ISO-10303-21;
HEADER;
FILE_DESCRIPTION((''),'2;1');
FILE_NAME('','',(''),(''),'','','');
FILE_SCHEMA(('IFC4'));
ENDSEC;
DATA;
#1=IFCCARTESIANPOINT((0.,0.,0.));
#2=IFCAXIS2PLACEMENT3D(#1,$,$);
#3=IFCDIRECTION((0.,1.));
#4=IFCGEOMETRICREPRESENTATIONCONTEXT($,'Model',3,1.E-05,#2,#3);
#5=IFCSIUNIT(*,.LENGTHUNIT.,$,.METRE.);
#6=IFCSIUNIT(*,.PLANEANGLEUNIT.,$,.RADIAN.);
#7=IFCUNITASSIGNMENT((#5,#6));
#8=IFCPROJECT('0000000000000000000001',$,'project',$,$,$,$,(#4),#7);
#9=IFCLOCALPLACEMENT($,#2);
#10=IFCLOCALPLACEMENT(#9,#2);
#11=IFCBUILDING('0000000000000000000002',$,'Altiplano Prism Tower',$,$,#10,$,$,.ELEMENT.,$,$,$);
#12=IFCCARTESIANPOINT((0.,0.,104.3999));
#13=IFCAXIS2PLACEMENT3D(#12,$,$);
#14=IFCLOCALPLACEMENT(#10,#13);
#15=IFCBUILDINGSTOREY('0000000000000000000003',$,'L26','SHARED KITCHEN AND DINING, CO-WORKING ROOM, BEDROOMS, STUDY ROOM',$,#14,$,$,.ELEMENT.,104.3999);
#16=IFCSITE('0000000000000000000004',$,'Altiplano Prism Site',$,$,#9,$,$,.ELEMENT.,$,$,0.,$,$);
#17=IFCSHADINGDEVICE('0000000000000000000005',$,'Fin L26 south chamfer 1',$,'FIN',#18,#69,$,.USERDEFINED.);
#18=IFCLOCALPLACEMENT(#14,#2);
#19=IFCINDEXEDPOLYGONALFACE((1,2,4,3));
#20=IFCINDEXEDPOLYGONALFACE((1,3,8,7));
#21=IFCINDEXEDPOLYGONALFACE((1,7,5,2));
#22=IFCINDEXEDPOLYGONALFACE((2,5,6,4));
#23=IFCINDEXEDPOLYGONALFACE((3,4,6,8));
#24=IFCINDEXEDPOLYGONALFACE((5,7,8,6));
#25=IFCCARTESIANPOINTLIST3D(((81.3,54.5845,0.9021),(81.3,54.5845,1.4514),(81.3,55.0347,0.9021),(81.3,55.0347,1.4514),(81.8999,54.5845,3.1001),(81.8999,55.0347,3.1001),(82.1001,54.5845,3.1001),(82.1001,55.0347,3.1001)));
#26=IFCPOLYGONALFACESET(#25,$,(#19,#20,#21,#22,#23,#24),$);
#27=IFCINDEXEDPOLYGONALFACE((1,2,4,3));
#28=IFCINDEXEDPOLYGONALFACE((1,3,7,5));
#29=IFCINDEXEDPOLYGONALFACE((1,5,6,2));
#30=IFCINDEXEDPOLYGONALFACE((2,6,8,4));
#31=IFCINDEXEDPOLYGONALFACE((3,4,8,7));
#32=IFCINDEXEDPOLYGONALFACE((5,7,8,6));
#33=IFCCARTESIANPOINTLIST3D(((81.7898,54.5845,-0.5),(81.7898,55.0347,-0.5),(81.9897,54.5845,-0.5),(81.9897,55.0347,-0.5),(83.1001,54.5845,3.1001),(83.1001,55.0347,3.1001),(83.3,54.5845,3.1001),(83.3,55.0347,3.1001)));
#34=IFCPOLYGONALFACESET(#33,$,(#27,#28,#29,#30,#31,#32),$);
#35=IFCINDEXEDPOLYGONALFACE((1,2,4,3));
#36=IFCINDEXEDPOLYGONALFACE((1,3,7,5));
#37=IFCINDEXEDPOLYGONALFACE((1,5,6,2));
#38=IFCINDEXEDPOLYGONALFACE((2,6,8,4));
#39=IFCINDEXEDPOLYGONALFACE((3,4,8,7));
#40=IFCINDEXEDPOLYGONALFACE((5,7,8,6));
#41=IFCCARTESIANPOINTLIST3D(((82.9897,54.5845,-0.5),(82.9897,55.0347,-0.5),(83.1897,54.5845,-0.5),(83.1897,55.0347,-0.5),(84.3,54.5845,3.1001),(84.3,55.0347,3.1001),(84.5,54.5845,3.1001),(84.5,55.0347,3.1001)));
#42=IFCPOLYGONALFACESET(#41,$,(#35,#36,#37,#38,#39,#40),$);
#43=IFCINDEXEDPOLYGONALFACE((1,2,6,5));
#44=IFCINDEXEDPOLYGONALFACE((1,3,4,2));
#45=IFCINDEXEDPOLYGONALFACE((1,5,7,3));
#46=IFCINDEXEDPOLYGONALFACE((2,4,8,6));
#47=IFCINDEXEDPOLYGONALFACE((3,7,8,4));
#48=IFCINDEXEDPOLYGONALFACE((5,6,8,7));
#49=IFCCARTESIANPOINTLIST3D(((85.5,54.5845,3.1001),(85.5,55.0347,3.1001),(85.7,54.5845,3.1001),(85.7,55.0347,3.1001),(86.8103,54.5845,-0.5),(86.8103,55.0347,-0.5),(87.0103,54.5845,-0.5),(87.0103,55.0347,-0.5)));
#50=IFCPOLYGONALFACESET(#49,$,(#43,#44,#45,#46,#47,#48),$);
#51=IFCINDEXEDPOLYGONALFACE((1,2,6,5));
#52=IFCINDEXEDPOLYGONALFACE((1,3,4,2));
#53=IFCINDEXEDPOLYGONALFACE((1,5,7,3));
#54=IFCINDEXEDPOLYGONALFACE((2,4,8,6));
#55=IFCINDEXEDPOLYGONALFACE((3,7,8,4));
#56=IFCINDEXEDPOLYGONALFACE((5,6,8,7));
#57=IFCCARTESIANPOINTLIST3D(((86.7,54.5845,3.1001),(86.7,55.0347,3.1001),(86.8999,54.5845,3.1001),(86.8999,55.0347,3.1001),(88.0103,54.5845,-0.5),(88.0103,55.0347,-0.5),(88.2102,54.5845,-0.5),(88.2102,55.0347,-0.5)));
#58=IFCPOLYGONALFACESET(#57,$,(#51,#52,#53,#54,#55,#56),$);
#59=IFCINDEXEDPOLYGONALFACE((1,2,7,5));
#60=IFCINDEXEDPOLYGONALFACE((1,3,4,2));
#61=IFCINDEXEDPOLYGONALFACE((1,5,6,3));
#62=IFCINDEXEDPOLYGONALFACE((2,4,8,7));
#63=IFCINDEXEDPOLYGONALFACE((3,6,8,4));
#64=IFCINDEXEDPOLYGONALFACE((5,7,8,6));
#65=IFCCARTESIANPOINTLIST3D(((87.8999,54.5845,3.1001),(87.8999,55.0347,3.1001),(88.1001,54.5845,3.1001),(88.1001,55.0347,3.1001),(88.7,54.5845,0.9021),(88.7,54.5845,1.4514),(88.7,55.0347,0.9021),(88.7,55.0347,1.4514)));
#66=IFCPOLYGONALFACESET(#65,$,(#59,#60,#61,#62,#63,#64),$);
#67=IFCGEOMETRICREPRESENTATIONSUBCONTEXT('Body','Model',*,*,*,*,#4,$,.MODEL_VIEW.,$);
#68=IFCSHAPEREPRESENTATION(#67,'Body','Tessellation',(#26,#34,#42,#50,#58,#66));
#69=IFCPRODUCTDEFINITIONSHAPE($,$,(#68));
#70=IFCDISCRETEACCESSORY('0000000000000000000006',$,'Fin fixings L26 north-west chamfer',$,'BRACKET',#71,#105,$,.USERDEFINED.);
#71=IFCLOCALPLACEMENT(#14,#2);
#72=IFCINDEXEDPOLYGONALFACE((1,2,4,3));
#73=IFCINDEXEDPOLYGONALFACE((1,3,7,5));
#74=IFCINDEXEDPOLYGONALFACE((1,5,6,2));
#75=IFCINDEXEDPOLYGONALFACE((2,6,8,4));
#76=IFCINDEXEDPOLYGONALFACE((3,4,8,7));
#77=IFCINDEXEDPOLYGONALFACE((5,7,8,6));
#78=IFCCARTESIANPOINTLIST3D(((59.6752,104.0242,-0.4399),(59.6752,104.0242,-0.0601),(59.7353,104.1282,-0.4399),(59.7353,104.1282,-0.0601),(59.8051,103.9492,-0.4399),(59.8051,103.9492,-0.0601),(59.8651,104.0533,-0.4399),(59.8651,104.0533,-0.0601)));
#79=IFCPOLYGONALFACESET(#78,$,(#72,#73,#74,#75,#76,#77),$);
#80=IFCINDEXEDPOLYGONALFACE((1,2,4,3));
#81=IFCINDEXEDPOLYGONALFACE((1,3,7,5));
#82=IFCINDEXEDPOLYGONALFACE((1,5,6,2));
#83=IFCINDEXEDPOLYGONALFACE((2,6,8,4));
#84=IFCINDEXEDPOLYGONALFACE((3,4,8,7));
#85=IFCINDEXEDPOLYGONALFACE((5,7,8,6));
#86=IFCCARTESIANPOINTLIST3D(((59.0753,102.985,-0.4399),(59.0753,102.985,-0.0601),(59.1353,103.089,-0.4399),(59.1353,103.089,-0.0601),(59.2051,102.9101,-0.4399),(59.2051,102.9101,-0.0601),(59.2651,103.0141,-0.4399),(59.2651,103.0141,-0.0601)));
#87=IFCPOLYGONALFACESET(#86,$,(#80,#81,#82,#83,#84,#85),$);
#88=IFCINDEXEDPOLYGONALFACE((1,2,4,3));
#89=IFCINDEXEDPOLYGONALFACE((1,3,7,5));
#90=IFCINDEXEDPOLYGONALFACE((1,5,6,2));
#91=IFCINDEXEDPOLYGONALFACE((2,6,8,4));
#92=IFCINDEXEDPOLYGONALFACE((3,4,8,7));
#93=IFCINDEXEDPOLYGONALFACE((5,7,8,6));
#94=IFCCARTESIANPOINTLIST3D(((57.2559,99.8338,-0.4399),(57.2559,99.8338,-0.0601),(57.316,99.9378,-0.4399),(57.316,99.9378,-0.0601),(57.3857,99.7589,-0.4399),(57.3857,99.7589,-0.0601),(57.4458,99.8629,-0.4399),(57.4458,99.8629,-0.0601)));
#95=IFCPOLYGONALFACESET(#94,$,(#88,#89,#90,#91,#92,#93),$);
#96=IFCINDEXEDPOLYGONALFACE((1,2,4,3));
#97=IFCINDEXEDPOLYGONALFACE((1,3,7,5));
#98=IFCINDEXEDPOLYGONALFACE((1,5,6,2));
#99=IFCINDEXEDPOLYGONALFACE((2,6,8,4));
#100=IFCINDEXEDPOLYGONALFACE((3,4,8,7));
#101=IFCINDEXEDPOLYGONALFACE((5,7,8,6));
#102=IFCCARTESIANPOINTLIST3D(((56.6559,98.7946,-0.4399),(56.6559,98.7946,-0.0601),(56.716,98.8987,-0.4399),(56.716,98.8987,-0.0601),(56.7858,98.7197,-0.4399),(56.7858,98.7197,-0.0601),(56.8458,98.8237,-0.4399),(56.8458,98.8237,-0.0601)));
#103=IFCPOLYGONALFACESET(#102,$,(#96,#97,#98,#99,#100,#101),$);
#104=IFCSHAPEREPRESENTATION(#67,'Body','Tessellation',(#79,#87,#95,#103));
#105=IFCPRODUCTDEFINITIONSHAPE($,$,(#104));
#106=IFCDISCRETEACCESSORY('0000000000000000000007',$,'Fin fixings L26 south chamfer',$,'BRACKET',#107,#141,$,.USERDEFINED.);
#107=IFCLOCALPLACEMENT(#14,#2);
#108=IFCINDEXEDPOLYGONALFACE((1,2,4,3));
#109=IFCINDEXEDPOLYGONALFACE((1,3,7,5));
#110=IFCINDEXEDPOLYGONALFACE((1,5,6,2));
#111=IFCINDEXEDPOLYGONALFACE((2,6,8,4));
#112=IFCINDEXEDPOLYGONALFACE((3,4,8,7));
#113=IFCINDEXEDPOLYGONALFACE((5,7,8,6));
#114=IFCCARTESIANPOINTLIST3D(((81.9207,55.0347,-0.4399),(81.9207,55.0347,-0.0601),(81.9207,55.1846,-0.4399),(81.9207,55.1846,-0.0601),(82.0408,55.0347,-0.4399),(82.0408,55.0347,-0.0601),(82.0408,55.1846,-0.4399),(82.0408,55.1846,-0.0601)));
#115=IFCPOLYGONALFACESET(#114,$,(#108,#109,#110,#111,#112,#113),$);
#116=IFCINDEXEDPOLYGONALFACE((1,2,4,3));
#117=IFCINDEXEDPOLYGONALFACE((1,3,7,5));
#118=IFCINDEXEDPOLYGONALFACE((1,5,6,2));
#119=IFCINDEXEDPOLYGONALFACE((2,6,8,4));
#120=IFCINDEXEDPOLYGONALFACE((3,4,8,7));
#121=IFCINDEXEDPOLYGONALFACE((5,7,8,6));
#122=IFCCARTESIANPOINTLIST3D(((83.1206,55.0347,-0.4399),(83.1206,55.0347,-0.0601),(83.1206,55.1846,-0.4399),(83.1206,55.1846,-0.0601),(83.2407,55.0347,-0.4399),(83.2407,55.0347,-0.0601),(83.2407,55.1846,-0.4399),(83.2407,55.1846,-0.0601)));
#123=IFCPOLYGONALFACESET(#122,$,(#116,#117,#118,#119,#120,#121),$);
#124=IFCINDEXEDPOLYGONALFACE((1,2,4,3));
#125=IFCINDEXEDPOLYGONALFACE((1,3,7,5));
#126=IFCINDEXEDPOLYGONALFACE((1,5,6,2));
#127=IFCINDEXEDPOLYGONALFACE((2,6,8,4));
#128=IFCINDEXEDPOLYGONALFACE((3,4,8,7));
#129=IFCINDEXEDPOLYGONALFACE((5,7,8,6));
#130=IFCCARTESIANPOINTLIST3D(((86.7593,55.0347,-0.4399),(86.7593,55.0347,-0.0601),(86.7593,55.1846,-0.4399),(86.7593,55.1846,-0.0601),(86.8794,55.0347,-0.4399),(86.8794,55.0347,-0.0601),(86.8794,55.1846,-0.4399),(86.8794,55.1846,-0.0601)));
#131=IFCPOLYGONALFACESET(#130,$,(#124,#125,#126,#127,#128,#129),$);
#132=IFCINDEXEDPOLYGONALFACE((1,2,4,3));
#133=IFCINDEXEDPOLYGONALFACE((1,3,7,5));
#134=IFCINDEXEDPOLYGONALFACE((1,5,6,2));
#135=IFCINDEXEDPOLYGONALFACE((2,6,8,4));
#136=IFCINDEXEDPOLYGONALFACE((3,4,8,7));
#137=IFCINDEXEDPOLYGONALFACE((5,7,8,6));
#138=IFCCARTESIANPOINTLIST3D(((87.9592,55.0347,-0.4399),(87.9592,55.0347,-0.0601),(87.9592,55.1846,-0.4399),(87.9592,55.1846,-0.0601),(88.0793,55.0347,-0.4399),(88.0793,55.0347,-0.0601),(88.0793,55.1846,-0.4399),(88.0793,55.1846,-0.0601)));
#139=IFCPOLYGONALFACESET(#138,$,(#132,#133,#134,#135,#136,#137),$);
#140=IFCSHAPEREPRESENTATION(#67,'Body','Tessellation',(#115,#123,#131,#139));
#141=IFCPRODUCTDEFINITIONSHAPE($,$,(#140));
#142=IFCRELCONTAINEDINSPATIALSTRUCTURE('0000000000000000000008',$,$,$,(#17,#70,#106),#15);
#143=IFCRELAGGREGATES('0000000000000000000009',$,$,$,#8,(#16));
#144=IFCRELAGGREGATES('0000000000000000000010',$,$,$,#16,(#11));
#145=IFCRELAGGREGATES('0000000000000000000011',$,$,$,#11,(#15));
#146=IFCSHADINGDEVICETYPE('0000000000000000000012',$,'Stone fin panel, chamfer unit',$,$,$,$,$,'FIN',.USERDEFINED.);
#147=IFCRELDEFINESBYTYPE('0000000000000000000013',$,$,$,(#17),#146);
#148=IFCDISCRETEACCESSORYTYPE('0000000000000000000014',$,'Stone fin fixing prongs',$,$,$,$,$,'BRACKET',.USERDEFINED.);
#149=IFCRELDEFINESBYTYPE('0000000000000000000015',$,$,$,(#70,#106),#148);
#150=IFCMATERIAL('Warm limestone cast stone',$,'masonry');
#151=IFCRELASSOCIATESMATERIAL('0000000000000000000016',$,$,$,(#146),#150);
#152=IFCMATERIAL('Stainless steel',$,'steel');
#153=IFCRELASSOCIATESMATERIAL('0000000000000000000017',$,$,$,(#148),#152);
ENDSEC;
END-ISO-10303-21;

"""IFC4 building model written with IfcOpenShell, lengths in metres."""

from ifc_helpers import new_model, si_unit, direction, frame, origin, place, context, subcontext, project, spatial, polyline, outline, extrude, source, transform, mapped, material, type_object, element, save


model = new_model("IFC4")

# Units and contexts
model_context = context("Model", 3, precision=1e-05, world=origin(), true_north=direction((0.0, 1.0)))
body_context = subcontext(model_context, "Body", "Model", "MODEL_VIEW")
ifc_project = project(units=[si_unit("LENGTHUNIT", "METRE"), si_unit("PLANEANGLEUNIT", "RADIAN")], contexts=[model_context])

# Site, building, storey
site_placement = place(None, origin())
site = spatial("IfcSite", under=ifc_project, at=site_placement, Name="Altiplano Prism Site", CompositionType="ELEMENT", RefElevation=0.0)
building_placement = place(site_placement, origin())
building = spatial("IfcBuilding", under=site, at=building_placement, Name="Altiplano Prism Tower", CompositionType="ELEMENT")
storey_placement = place(building_placement, frame((0.0, 0.0, 104.3999)))
storey = spatial("IfcBuildingStorey", under=building, at=storey_placement, Name="L26", Description="SHARED KITCHEN AND DINING, CO-WORKING ROOM, BEDROOMS, STUDY ROOM", CompositionType="ELEMENT", Elevation=104.3999)

# Shading device
ifc_material_1 = material(Name="Warm limestone cast stone", Category="masonry")
shading_device_type_1 = type_object("IfcShadingDeviceType", Name="Stone fin panel, chamfer unit", ElementType="FIN", PredefinedType="USERDEFINED", material=ifc_material_1)
shared_shape_1 = source(origin(), body_context, "Body", "SweptSolid", [
    extrude(outline(polyline([(-3.7, 1.4021), (-2.8999, 3.6001), (-3.1001, 3.6001), (-3.7, 1.9514), (-3.7, 1.4021)])), frame((0.0, -0.1499, 0.0), z_axis=(0.0, -1.0, 0.0), x_axis=(1.0, 0.0, 0.0)), (0.0, 0.0, 1.0), 0.4502),
    extrude(outline(polyline([(-3.2102, 0.0), (-3.0103, 0.0), (-1.7, 3.6001), (-1.8999, 3.6001), (-3.2102, 0.0)])), frame((0.0, -0.1499, 0.0), z_axis=(0.0, -1.0, 0.0), x_axis=(1.0, 0.0, 0.0)), (0.0, 0.0, 1.0), 0.4502),
    extrude(outline(polyline([(-2.0103, 0.0), (-1.8103, 0.0), (-0.5, 3.6001), (-0.7, 3.6001), (-2.0103, 0.0)])), frame((0.0, -0.1499, 0.0), z_axis=(0.0, -1.0, 0.0), x_axis=(1.0, 0.0, 0.0)), (0.0, 0.0, 1.0), 0.4502),
    extrude(outline(polyline([(1.8103, 0.0), (2.0103, 0.0), (0.7, 3.6001), (0.5, 3.6001), (1.8103, 0.0)])), frame((0.0, -0.1499, 0.0), z_axis=(0.0, -1.0, 0.0), x_axis=(1.0, 0.0, 0.0)), (0.0, 0.0, 1.0), 0.4502),
    extrude(outline(polyline([(3.0103, 0.0), (3.2102, 0.0), (1.8999, 3.6001), (1.7, 3.6001), (3.0103, 0.0)])), frame((0.0, -0.1499, 0.0), z_axis=(0.0, -1.0, 0.0), x_axis=(1.0, 0.0, 0.0)), (0.0, 0.0, 1.0), 0.4502),
    extrude(outline(polyline([(3.7, 1.9514), (3.1001, 3.6001), (2.8999, 3.6001), (3.7, 1.4021), (3.7, 1.9514)])), frame((0.0, -0.1499, 0.0), z_axis=(0.0, -1.0, 0.0), x_axis=(1.0, 0.0, 0.0)), (0.0, 0.0, 1.0), 0.4502),
])
shading_device_1_placement = place(storey_placement, origin())
element("IfcShadingDevice", 1, at=shading_device_1_placement, inside=storey, type_object=shading_device_type_1, Name="Fin L26 south chamfer 1", ObjectType="FIN", PredefinedType="USERDEFINED", context=body_context, shape_type="MappedRepresentation", body=[
    mapped(shared_shape_1, transform((85.0, 55.1846, -0.5), x_axis=(1.0, 0.0, 0.0), y_axis=(0.0, 1.0, 0.0), z_axis=(0.0, 0.0, 1.0))),
])

# Discrete accessories
ifc_material_2 = material(Name="Stainless steel", Category="steel")
discrete_accessory_type = type_object("IfcDiscreteAccessoryType", Name="Stone fin fixing prongs", ElementType="BRACKET", PredefinedType="USERDEFINED", material=ifc_material_2)
shared_shape_2 = source(origin(), body_context, "Body", "SweptSolid", [
    extrude(outline(polyline([(-3.0793, 0.0601), (-2.9592, 0.0601), (-2.9592, 0.4399), (-3.0793, 0.4399), (-3.0793, 0.0601)])), frame((0.0, 0.0, 0.0), z_axis=(0.0, -1.0, 0.0), x_axis=(1.0, 0.0, 0.0)), (0.0, 0.0, 1.0), 0.1499),
    extrude(outline(polyline([(-1.8794, 0.0601), (-1.7593, 0.0601), (-1.7593, 0.4399), (-1.8794, 0.4399), (-1.8794, 0.0601)])), frame((0.0, 0.0, 0.0), z_axis=(0.0, -1.0, 0.0), x_axis=(1.0, 0.0, 0.0)), (0.0, 0.0, 1.0), 0.1499),
    extrude(outline(polyline([(1.7593, 0.0601), (1.8794, 0.0601), (1.8794, 0.4399), (1.7593, 0.4399), (1.7593, 0.0601)])), frame((0.0, 0.0, 0.0), z_axis=(0.0, -1.0, 0.0), x_axis=(1.0, 0.0, 0.0)), (0.0, 0.0, 1.0), 0.1499),
    extrude(outline(polyline([(2.9592, 0.0601), (3.0793, 0.0601), (3.0793, 0.4399), (2.9592, 0.4399), (2.9592, 0.0601)])), frame((0.0, 0.0, 0.0), z_axis=(0.0, -1.0, 0.0), x_axis=(1.0, 0.0, 0.0)), (0.0, 0.0, 1.0), 0.1499),
])
discrete_accessory_1_placement = place(storey_placement, origin())
element("IfcDiscreteAccessory", 2, at=discrete_accessory_1_placement, inside=storey, type_object=discrete_accessory_type, Name="Fin fixings L26 north-west chamfer", ObjectType="BRACKET", PredefinedType="USERDEFINED", context=body_context, shape_type="MappedRepresentation", body=[
    mapped(shared_shape_2, transform((58.3254, 101.3865, -0.5), x_axis=(-0.5, -0.866025, 0.0), y_axis=(0.866025, -0.5, 0.0), z_axis=(0.0, 0.0, 1.0))),
])
discrete_accessory_2_placement = place(storey_placement, origin())
element("IfcDiscreteAccessory", 3, at=discrete_accessory_2_placement, inside=storey, type_object=discrete_accessory_type, Name="Fin fixings L26 south chamfer", ObjectType="BRACKET", PredefinedType="USERDEFINED", context=body_context, shape_type="MappedRepresentation", body=[
    mapped(shared_shape_2, transform((85.0, 55.1846, -0.5), x_axis=(1.0, 0.0, 0.0), y_axis=(0.0, 1.0, 0.0), z_axis=(0.0, 0.0, 1.0))),
])

save(model, "model.ifc")
